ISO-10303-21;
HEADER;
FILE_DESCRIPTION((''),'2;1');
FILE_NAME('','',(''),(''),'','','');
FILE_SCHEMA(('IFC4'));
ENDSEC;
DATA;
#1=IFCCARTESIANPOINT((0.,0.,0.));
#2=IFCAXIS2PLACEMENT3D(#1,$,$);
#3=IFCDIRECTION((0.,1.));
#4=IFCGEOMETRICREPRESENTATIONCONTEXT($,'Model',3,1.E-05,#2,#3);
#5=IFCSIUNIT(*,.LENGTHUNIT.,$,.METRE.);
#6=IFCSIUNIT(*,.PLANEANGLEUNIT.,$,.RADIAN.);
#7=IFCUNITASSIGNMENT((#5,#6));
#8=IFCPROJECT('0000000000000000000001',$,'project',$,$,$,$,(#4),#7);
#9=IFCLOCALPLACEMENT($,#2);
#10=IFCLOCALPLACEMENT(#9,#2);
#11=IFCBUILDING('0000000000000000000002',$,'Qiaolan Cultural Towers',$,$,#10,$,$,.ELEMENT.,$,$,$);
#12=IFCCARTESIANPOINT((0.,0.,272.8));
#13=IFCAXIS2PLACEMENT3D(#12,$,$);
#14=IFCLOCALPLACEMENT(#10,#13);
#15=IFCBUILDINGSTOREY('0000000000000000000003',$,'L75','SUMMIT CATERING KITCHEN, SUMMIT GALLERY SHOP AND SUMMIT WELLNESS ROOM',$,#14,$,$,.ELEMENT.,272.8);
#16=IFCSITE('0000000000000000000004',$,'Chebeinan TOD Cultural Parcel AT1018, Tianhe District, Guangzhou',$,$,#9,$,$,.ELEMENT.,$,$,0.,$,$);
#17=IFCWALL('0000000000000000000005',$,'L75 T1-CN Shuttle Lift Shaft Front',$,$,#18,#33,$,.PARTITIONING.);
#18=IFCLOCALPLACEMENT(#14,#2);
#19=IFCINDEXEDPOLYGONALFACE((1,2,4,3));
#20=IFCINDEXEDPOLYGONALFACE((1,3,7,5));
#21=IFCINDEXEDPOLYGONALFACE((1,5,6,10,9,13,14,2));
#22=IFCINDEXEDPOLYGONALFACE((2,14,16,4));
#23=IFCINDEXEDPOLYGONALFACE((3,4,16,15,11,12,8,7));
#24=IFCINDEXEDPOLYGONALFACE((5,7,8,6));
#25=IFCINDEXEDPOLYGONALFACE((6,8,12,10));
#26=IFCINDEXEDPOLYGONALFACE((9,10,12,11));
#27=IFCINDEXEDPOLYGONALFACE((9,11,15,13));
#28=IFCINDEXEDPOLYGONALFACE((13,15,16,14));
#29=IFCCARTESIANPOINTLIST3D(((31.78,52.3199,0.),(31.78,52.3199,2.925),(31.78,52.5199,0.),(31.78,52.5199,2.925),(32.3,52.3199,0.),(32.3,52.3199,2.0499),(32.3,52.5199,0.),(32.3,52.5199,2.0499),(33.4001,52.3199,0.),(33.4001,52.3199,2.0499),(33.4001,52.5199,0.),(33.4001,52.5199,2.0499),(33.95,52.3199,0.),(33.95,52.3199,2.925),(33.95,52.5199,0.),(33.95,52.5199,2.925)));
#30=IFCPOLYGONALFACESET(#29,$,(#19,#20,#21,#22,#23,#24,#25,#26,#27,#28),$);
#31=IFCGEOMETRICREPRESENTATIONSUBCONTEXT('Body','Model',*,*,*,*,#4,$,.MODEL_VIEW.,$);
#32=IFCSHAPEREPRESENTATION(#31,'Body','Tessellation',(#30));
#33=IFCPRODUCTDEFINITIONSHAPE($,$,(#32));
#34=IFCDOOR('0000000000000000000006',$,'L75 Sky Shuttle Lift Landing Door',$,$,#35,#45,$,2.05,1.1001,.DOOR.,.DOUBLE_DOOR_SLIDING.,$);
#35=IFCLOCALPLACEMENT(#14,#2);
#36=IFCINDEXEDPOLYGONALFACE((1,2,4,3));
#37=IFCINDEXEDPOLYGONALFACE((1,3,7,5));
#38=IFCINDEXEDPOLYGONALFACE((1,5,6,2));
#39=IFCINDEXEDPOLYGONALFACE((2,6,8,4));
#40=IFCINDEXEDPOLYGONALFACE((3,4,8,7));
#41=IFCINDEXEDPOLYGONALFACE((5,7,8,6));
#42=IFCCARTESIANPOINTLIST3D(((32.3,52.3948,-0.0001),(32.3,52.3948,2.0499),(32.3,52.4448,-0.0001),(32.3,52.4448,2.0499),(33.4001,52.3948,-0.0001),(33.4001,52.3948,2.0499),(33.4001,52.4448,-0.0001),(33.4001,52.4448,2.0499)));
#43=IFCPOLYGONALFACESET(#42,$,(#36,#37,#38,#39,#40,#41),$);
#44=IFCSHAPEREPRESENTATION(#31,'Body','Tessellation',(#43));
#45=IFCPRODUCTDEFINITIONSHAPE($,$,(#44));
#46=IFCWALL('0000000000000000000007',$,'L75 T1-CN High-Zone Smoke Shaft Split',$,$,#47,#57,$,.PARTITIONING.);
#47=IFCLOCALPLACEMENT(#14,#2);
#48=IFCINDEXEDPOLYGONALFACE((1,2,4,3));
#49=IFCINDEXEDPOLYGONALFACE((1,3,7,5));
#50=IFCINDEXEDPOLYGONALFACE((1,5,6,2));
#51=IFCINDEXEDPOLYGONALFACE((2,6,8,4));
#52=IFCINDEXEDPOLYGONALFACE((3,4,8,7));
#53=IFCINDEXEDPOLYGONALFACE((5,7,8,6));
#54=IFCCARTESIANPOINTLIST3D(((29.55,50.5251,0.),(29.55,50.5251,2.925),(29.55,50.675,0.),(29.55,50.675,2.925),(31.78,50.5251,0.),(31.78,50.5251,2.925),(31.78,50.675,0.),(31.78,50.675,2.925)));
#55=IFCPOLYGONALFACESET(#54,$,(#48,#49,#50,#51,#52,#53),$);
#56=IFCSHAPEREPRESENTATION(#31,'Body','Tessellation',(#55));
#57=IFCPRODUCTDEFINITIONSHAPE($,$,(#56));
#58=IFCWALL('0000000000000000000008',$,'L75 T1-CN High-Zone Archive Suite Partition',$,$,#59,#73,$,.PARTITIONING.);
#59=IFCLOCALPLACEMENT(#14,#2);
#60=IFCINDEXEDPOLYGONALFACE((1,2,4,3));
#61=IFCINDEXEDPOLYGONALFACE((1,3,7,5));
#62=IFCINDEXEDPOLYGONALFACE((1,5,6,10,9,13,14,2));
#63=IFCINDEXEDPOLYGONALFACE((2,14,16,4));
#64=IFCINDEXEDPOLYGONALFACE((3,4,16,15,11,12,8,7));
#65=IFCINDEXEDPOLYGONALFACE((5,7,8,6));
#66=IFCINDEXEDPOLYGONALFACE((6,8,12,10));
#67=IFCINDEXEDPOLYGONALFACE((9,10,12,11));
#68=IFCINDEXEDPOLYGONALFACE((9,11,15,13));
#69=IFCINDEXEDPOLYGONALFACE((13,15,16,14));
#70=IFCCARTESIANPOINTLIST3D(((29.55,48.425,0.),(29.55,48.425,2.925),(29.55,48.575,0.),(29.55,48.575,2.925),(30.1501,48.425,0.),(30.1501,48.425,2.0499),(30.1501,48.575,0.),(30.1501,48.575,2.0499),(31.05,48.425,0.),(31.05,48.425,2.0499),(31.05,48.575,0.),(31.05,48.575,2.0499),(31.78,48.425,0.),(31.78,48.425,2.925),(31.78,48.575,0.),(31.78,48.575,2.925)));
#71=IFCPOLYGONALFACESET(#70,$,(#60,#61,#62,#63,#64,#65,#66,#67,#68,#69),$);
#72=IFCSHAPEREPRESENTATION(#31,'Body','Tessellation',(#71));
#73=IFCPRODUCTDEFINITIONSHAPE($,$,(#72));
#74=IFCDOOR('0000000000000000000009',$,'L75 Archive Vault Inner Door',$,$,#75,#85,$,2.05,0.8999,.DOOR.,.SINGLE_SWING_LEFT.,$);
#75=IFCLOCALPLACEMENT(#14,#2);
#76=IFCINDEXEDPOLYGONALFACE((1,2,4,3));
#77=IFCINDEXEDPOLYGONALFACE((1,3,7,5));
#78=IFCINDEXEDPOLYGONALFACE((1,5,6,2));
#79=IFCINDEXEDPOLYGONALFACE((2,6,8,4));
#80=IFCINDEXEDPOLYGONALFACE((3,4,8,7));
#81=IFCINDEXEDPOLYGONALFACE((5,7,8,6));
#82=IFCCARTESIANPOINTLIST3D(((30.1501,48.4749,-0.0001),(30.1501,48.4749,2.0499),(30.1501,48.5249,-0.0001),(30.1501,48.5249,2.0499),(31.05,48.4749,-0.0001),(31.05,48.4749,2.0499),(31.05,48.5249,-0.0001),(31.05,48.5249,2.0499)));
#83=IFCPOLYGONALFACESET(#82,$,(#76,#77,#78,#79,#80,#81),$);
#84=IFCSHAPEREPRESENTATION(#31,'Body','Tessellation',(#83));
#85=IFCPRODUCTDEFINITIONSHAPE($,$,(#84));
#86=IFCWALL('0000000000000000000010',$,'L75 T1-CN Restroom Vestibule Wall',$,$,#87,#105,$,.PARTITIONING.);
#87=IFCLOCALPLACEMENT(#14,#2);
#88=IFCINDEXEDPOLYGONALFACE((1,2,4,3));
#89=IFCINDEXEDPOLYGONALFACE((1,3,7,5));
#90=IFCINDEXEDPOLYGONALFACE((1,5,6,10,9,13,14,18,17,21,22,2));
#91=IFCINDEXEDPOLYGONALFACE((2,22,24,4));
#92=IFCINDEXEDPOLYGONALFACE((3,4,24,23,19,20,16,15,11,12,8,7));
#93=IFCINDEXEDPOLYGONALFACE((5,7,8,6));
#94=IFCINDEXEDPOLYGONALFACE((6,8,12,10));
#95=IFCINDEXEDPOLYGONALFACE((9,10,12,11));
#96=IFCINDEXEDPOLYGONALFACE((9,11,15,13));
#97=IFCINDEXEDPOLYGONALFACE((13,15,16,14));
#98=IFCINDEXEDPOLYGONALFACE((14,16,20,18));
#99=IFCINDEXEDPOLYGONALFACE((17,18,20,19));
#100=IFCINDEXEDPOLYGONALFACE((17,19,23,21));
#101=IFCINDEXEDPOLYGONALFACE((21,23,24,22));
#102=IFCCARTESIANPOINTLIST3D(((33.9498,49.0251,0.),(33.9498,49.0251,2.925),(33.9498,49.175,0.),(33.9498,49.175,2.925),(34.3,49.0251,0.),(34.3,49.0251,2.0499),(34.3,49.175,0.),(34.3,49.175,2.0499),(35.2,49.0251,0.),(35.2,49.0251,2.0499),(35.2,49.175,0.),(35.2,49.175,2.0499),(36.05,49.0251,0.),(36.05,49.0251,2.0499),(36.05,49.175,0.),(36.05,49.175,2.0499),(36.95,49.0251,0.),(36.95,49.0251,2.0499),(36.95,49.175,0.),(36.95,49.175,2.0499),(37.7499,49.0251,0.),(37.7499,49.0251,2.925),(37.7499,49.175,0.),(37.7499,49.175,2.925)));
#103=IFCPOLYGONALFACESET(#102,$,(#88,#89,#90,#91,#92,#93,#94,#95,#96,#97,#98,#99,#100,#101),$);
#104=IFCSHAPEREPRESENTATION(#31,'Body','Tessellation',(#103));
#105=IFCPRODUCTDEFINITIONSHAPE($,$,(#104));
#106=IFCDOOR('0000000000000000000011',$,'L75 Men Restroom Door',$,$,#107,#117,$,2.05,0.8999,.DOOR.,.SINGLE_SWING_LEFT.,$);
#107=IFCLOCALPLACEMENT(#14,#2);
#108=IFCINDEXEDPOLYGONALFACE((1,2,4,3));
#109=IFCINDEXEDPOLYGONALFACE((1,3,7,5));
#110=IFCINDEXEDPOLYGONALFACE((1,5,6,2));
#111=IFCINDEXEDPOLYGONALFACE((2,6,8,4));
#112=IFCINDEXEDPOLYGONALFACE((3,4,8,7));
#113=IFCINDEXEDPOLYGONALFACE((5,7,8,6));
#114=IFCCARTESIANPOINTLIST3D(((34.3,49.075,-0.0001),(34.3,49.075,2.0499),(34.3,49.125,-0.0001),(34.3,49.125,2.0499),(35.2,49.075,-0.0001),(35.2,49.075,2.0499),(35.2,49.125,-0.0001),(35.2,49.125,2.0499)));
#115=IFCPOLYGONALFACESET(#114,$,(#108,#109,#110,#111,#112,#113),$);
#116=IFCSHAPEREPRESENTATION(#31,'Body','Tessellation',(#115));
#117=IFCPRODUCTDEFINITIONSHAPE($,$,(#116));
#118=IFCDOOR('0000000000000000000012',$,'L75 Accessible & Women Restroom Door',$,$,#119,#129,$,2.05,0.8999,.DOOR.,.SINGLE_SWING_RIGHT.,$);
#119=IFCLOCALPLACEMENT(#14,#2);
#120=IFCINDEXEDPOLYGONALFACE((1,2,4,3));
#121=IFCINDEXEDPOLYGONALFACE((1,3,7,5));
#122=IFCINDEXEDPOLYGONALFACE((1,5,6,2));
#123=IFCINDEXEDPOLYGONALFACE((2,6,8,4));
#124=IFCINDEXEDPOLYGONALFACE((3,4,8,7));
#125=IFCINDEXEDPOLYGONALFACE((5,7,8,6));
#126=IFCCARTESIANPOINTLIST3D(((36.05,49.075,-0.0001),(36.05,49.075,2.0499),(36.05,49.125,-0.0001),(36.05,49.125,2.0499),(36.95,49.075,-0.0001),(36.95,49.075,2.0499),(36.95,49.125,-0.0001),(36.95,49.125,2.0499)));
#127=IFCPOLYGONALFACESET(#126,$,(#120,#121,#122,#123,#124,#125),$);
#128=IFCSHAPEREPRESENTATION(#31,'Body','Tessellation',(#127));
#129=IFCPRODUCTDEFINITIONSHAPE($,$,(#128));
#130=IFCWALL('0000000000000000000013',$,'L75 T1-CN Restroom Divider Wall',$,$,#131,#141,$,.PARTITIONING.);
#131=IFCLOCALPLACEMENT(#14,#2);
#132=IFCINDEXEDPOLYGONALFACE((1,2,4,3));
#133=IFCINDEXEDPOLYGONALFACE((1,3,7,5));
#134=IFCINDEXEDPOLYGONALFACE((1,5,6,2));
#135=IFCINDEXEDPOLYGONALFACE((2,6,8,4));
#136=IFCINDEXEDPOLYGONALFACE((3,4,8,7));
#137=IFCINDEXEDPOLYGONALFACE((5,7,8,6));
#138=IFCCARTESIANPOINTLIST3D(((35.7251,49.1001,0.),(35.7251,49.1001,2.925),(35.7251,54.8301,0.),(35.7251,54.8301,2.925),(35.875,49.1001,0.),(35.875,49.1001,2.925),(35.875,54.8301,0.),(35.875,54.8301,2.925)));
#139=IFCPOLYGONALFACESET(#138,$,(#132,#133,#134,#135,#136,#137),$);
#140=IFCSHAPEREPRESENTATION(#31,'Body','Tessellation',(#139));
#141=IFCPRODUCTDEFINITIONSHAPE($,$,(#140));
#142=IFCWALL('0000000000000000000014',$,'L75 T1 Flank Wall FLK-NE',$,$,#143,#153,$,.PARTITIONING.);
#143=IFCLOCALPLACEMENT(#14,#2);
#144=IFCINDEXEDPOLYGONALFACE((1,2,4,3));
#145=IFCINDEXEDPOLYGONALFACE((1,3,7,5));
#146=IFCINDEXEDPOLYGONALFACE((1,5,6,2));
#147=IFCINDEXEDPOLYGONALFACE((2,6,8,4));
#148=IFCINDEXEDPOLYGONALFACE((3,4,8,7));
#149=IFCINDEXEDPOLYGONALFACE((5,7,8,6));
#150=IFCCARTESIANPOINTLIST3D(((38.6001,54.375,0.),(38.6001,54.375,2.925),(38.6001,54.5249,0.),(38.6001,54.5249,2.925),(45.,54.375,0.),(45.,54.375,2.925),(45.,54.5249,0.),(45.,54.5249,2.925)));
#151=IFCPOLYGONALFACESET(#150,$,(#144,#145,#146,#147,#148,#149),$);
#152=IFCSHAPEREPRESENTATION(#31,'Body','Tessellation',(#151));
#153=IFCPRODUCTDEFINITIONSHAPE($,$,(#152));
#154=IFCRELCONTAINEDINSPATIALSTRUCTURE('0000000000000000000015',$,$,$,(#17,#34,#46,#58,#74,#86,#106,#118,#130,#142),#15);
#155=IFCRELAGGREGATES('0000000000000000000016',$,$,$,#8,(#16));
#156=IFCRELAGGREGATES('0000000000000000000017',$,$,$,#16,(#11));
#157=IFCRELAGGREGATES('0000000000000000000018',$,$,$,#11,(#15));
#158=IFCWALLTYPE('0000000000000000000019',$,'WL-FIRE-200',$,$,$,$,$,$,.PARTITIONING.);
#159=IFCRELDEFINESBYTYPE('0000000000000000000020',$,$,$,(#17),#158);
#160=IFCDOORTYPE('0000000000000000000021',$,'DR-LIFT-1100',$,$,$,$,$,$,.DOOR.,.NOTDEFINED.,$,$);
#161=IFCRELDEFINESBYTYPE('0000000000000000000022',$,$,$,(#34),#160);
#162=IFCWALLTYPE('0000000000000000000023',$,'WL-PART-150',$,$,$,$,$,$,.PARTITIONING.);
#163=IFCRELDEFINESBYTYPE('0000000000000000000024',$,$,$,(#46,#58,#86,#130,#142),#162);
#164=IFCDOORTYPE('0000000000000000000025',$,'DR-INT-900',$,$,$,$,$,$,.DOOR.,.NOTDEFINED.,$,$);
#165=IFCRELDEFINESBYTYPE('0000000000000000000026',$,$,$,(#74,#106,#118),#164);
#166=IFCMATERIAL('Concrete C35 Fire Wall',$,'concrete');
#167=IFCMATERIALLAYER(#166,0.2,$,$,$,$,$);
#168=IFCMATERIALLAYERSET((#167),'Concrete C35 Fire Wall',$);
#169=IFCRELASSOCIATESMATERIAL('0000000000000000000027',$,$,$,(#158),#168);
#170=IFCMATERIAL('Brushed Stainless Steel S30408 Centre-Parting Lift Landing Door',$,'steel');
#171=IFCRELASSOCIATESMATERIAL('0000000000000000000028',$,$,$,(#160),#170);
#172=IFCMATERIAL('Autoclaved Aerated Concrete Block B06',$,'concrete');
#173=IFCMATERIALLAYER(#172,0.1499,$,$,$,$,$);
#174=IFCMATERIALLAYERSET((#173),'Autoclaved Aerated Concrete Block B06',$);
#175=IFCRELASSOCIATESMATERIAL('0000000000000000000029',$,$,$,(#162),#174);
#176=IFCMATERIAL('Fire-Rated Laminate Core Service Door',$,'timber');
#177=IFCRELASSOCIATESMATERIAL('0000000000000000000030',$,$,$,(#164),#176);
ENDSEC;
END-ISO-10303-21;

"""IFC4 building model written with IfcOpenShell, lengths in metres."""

from ifc_helpers import new_model, si_unit, direction, frame, frame_2d, origin, place, context, subcontext, project, spatial, rectangle, extrude, material, layer, layer_set, type_object, element, fill, save


model = new_model("IFC4")

# Units and contexts
model_context = context("Model", 3, precision=1e-05, world=origin(), true_north=direction((0.0, 1.0)))
body_context = subcontext(model_context, "Body", "Model", "MODEL_VIEW")
ifc_project = project(units=[si_unit("LENGTHUNIT", "METRE"), si_unit("PLANEANGLEUNIT", "RADIAN")], contexts=[model_context])

# Site, building, storey
site_placement = place(None, origin())
site = spatial("IfcSite", under=ifc_project, at=site_placement, Name="Chebeinan TOD Cultural Parcel AT1018, Tianhe District, Guangzhou", CompositionType="ELEMENT", RefElevation=0.0)
building_placement = place(site_placement, origin())
building = spatial("IfcBuilding", under=site, at=building_placement, Name="Qiaolan Cultural Towers", CompositionType="ELEMENT")
storey_placement = place(building_placement, frame((0.0, 0.0, 272.8)))
storey = spatial("IfcBuildingStorey", under=building, at=storey_placement, Name="L75", Description="SUMMIT CATERING KITCHEN, SUMMIT GALLERY SHOP AND SUMMIT WELLNESS ROOM", CompositionType="ELEMENT", Elevation=272.8)

# Shared definitions
ifc_material_1 = material(Name="Concrete C35 Fire Wall", Category="concrete")
ifc_layer_1 = layer(ifc_material_1, 0.2)
ifc_layer_set_1 = layer_set([ifc_layer_1], Name="Concrete C35 Fire Wall")
wall_type_1 = type_object("IfcWallType", Name="WL-FIRE-200", PredefinedType="PARTITIONING", material=ifc_layer_set_1)
ifc_material_2 = material(Name="Brushed Stainless Steel S30408 Centre-Parting Lift Landing Door", Category="steel")
door_type_1 = type_object("IfcDoorType", Name="DR-LIFT-1100", OperationType="NOTDEFINED", PredefinedType="DOOR", material=ifc_material_2)

# Wall, opening, door
wall_1_placement = place(storey_placement, frame((31.78, 52.4199, 0.0), z_axis=(0.0, 0.0, 1.0), x_axis=(1.0, 0.0, 0.0)))
wall_1 = element("IfcWall", 1, at=wall_1_placement, inside=storey, type_object=wall_type_1, Name="L75 T1-CN Shuttle Lift Shaft Front", PredefinedType="PARTITIONING", context=body_context, shape_type="SweptSolid", body=[
    extrude(rectangle(XDim=2.1699, YDim=0.2, at=frame_2d((1.085, 0.0))), origin(), (0.0, 0.0, 1.0), 2.925),
])
opening_1_placement = place(wall_1_placement, frame((0.52, 0.0, 0.0)))
opening_1 = element("IfcOpeningElement", 2, at=opening_1_placement, cuts=wall_1, PredefinedType="OPENING", context=body_context, shape_type="SweptSolid", body=[
    extrude(rectangle(XDim=1.1001, YDim=2.05, at=frame_2d((0.55, 1.0249))), frame((0.0, 0.1099, 0.0), z_axis=(0.0, -1.0, 0.0), x_axis=(1.0, 0.0, 0.0)), (0.0, 0.0, 1.0), 0.22),
])
door_1_placement = place(opening_1_placement, origin())
door_1 = element("IfcDoor", 3, at=door_1_placement, inside=storey, type_object=door_type_1, Name="L75 Sky Shuttle Lift Landing Door", OperationType="DOUBLE_DOOR_SLIDING", OverallHeight=2.05, OverallWidth=1.1001, PredefinedType="DOOR", context=body_context, shape_type="SweptSolid", body=[
    extrude(rectangle(XDim=1.1001, YDim=2.05, at=frame_2d((0.55, 1.0249))), frame((0.0, 0.0249, 0.0), z_axis=(0.0, -1.0, 0.0), x_axis=(1.0, 0.0, 0.0)), (0.0, 0.0, 1.0), 0.05),
])
fill(opening_1, door_1)

# Wall
ifc_material_3 = material(Name="Autoclaved Aerated Concrete Block B06", Category="concrete")
ifc_layer_2 = layer(ifc_material_3, 0.1499)
ifc_layer_set_2 = layer_set([ifc_layer_2], Name="Autoclaved Aerated Concrete Block B06")
wall_type_2 = type_object("IfcWallType", Name="WL-PART-150", PredefinedType="PARTITIONING", material=ifc_layer_set_2)
wall_2_placement = place(storey_placement, frame((29.55, 50.6001, 0.0), z_axis=(0.0, 0.0, 1.0), x_axis=(1.0, 0.0, 0.0)))
element("IfcWall", 4, at=wall_2_placement, inside=storey, type_object=wall_type_2, Name="L75 T1-CN High-Zone Smoke Shaft Split", PredefinedType="PARTITIONING", context=body_context, shape_type="SweptSolid", body=[
    extrude(rectangle(XDim=2.23, YDim=0.1499, at=frame_2d((1.115, 0.0))), origin(), (0.0, 0.0, 1.0), 2.925),
])

# Wall, opening, door
wall_3_placement = place(storey_placement, frame((29.55, 48.5, 0.0), z_axis=(0.0, 0.0, 1.0), x_axis=(1.0, 0.0, 0.0)))
wall_3 = element("IfcWall", 5, at=wall_3_placement, inside=storey, type_object=wall_type_2, Name="L75 T1-CN High-Zone Archive Suite Partition", PredefinedType="PARTITIONING", context=body_context, shape_type="SweptSolid", body=[
    extrude(rectangle(XDim=2.23, YDim=0.1499, at=frame_2d((1.115, 0.0))), origin(), (0.0, 0.0, 1.0), 2.925),
])
opening_2_placement = place(wall_3_placement, frame((0.6001, 0.0, 0.0)))
opening_2 = element("IfcOpeningElement", 6, at=opening_2_placement, cuts=wall_3, PredefinedType="OPENING", context=body_context, shape_type="SweptSolid", body=[
    extrude(rectangle(XDim=0.8999, YDim=2.05, at=frame_2d((0.45, 1.0249))), frame((0.0, 0.085, 0.0), z_axis=(0.0, -1.0, 0.0), x_axis=(1.0, 0.0, 0.0)), (0.0, 0.0, 1.0), 0.1699),
])
ifc_material_4 = material(Name="Fire-Rated Laminate Core Service Door", Category="timber")
door_type_2 = type_object("IfcDoorType", Name="DR-INT-900", OperationType="NOTDEFINED", PredefinedType="DOOR", material=ifc_material_4)
door_2_placement = place(opening_2_placement, origin())
door_2 = element("IfcDoor", 7, at=door_2_placement, inside=storey, type_object=door_type_2, Name="L75 Archive Vault Inner Door", OperationType="SINGLE_SWING_LEFT", OverallHeight=2.05, OverallWidth=0.8999, PredefinedType="DOOR", context=body_context, shape_type="SweptSolid", body=[
    extrude(rectangle(XDim=0.8999, YDim=2.05, at=frame_2d((0.45, 1.0249))), frame((0.0, 0.0249, 0.0), z_axis=(0.0, -1.0, 0.0), x_axis=(1.0, 0.0, 0.0)), (0.0, 0.0, 1.0), 0.05),
])
fill(opening_2, door_2)

# Wall, openings, doors
wall_4_placement = place(storey_placement, frame((33.95, 49.1001, 0.0), z_axis=(0.0, 0.0, 1.0), x_axis=(1.0, 0.0, 0.0)))
wall_4 = element("IfcWall", 8, at=wall_4_placement, inside=storey, type_object=wall_type_2, Name="L75 T1-CN Restroom Vestibule Wall", PredefinedType="PARTITIONING", context=body_context, shape_type="SweptSolid", body=[
    extrude(rectangle(XDim=3.8, YDim=0.1499, at=frame_2d((1.8999, 0.0))), origin(), (0.0, 0.0, 1.0), 2.925),
])
opening_3_placement = place(wall_4_placement, frame((0.3501, 0.0, 0.0)))
opening_3 = element("IfcOpeningElement", 9, at=opening_3_placement, cuts=wall_4, PredefinedType="OPENING", context=body_context, shape_type="SweptSolid", body=[
    extrude(rectangle(XDim=0.8999, YDim=2.05, at=frame_2d((0.45, 1.0249))), frame((0.0, 0.085, 0.0), z_axis=(0.0, -1.0, 0.0), x_axis=(1.0, 0.0, 0.0)), (0.0, 0.0, 1.0), 0.1699),
])
opening_4_placement = place(wall_4_placement, frame((2.1001, 0.0, 0.0)))
opening_4 = element("IfcOpeningElement", 10, at=opening_4_placement, cuts=wall_4, PredefinedType="OPENING", context=body_context, shape_type="SweptSolid", body=[
    extrude(rectangle(XDim=0.8999, YDim=2.05, at=frame_2d((0.45, 1.0249))), frame((0.0, 0.085, 0.0), z_axis=(0.0, -1.0, 0.0), x_axis=(1.0, 0.0, 0.0)), (0.0, 0.0, 1.0), 0.1699),
])
door_3_placement = place(opening_3_placement, origin())
door_3 = element("IfcDoor", 11, at=door_3_placement, inside=storey, type_object=door_type_2, Name="L75 Men Restroom Door", OperationType="SINGLE_SWING_LEFT", OverallHeight=2.05, OverallWidth=0.8999, PredefinedType="DOOR", context=body_context, shape_type="SweptSolid", body=[
    extrude(rectangle(XDim=0.8999, YDim=2.05, at=frame_2d((0.45, 1.0249))), frame((0.0, 0.0249, 0.0), z_axis=(0.0, -1.0, 0.0), x_axis=(1.0, 0.0, 0.0)), (0.0, 0.0, 1.0), 0.05),
])
fill(opening_3, door_3)
door_4_placement = place(opening_4_placement, origin())
door_4 = element("IfcDoor", 12, at=door_4_placement, inside=storey, type_object=door_type_2, Name="L75 Accessible & Women Restroom Door", OperationType="SINGLE_SWING_RIGHT", OverallHeight=2.05, OverallWidth=0.8999, PredefinedType="DOOR", context=body_context, shape_type="SweptSolid", body=[
    extrude(rectangle(XDim=0.8999, YDim=2.05, at=frame_2d((0.45, 1.0249))), frame((0.0, 0.0249, 0.0), z_axis=(0.0, -1.0, 0.0), x_axis=(1.0, 0.0, 0.0)), (0.0, 0.0, 1.0), 0.05),
])
fill(opening_4, door_4)

# Walls
wall_5_placement = place(storey_placement, frame((35.8, 49.1001, 0.0), z_axis=(0.0, 0.0, 1.0), x_axis=(0.0, 1.0, 0.0)))
element("IfcWall", 13, at=wall_5_placement, inside=storey, type_object=wall_type_2, Name="L75 T1-CN Restroom Divider Wall", PredefinedType="PARTITIONING", context=body_context, shape_type="SweptSolid", body=[
    extrude(rectangle(XDim=5.73, YDim=0.1499, at=frame_2d((2.865, 0.0))), origin(), (0.0, 0.0, 1.0), 2.925),
])
wall_6_placement = place(storey_placement, frame((38.6001, 54.45, 0.0), z_axis=(0.0, 0.0, 1.0), x_axis=(1.0, 0.0, 0.0)))
element("IfcWall", 14, at=wall_6_placement, inside=storey, type_object=wall_type_2, Name="L75 T1 Flank Wall FLK-NE", PredefinedType="PARTITIONING", context=body_context, shape_type="SweptSolid", body=[
    extrude(rectangle(XDim=6.3999, YDim=0.1499, at=frame_2d((3.2, 0.0))), origin(), (0.0, 0.0, 1.0), 2.925),
])

save(model, "model.ifc")
